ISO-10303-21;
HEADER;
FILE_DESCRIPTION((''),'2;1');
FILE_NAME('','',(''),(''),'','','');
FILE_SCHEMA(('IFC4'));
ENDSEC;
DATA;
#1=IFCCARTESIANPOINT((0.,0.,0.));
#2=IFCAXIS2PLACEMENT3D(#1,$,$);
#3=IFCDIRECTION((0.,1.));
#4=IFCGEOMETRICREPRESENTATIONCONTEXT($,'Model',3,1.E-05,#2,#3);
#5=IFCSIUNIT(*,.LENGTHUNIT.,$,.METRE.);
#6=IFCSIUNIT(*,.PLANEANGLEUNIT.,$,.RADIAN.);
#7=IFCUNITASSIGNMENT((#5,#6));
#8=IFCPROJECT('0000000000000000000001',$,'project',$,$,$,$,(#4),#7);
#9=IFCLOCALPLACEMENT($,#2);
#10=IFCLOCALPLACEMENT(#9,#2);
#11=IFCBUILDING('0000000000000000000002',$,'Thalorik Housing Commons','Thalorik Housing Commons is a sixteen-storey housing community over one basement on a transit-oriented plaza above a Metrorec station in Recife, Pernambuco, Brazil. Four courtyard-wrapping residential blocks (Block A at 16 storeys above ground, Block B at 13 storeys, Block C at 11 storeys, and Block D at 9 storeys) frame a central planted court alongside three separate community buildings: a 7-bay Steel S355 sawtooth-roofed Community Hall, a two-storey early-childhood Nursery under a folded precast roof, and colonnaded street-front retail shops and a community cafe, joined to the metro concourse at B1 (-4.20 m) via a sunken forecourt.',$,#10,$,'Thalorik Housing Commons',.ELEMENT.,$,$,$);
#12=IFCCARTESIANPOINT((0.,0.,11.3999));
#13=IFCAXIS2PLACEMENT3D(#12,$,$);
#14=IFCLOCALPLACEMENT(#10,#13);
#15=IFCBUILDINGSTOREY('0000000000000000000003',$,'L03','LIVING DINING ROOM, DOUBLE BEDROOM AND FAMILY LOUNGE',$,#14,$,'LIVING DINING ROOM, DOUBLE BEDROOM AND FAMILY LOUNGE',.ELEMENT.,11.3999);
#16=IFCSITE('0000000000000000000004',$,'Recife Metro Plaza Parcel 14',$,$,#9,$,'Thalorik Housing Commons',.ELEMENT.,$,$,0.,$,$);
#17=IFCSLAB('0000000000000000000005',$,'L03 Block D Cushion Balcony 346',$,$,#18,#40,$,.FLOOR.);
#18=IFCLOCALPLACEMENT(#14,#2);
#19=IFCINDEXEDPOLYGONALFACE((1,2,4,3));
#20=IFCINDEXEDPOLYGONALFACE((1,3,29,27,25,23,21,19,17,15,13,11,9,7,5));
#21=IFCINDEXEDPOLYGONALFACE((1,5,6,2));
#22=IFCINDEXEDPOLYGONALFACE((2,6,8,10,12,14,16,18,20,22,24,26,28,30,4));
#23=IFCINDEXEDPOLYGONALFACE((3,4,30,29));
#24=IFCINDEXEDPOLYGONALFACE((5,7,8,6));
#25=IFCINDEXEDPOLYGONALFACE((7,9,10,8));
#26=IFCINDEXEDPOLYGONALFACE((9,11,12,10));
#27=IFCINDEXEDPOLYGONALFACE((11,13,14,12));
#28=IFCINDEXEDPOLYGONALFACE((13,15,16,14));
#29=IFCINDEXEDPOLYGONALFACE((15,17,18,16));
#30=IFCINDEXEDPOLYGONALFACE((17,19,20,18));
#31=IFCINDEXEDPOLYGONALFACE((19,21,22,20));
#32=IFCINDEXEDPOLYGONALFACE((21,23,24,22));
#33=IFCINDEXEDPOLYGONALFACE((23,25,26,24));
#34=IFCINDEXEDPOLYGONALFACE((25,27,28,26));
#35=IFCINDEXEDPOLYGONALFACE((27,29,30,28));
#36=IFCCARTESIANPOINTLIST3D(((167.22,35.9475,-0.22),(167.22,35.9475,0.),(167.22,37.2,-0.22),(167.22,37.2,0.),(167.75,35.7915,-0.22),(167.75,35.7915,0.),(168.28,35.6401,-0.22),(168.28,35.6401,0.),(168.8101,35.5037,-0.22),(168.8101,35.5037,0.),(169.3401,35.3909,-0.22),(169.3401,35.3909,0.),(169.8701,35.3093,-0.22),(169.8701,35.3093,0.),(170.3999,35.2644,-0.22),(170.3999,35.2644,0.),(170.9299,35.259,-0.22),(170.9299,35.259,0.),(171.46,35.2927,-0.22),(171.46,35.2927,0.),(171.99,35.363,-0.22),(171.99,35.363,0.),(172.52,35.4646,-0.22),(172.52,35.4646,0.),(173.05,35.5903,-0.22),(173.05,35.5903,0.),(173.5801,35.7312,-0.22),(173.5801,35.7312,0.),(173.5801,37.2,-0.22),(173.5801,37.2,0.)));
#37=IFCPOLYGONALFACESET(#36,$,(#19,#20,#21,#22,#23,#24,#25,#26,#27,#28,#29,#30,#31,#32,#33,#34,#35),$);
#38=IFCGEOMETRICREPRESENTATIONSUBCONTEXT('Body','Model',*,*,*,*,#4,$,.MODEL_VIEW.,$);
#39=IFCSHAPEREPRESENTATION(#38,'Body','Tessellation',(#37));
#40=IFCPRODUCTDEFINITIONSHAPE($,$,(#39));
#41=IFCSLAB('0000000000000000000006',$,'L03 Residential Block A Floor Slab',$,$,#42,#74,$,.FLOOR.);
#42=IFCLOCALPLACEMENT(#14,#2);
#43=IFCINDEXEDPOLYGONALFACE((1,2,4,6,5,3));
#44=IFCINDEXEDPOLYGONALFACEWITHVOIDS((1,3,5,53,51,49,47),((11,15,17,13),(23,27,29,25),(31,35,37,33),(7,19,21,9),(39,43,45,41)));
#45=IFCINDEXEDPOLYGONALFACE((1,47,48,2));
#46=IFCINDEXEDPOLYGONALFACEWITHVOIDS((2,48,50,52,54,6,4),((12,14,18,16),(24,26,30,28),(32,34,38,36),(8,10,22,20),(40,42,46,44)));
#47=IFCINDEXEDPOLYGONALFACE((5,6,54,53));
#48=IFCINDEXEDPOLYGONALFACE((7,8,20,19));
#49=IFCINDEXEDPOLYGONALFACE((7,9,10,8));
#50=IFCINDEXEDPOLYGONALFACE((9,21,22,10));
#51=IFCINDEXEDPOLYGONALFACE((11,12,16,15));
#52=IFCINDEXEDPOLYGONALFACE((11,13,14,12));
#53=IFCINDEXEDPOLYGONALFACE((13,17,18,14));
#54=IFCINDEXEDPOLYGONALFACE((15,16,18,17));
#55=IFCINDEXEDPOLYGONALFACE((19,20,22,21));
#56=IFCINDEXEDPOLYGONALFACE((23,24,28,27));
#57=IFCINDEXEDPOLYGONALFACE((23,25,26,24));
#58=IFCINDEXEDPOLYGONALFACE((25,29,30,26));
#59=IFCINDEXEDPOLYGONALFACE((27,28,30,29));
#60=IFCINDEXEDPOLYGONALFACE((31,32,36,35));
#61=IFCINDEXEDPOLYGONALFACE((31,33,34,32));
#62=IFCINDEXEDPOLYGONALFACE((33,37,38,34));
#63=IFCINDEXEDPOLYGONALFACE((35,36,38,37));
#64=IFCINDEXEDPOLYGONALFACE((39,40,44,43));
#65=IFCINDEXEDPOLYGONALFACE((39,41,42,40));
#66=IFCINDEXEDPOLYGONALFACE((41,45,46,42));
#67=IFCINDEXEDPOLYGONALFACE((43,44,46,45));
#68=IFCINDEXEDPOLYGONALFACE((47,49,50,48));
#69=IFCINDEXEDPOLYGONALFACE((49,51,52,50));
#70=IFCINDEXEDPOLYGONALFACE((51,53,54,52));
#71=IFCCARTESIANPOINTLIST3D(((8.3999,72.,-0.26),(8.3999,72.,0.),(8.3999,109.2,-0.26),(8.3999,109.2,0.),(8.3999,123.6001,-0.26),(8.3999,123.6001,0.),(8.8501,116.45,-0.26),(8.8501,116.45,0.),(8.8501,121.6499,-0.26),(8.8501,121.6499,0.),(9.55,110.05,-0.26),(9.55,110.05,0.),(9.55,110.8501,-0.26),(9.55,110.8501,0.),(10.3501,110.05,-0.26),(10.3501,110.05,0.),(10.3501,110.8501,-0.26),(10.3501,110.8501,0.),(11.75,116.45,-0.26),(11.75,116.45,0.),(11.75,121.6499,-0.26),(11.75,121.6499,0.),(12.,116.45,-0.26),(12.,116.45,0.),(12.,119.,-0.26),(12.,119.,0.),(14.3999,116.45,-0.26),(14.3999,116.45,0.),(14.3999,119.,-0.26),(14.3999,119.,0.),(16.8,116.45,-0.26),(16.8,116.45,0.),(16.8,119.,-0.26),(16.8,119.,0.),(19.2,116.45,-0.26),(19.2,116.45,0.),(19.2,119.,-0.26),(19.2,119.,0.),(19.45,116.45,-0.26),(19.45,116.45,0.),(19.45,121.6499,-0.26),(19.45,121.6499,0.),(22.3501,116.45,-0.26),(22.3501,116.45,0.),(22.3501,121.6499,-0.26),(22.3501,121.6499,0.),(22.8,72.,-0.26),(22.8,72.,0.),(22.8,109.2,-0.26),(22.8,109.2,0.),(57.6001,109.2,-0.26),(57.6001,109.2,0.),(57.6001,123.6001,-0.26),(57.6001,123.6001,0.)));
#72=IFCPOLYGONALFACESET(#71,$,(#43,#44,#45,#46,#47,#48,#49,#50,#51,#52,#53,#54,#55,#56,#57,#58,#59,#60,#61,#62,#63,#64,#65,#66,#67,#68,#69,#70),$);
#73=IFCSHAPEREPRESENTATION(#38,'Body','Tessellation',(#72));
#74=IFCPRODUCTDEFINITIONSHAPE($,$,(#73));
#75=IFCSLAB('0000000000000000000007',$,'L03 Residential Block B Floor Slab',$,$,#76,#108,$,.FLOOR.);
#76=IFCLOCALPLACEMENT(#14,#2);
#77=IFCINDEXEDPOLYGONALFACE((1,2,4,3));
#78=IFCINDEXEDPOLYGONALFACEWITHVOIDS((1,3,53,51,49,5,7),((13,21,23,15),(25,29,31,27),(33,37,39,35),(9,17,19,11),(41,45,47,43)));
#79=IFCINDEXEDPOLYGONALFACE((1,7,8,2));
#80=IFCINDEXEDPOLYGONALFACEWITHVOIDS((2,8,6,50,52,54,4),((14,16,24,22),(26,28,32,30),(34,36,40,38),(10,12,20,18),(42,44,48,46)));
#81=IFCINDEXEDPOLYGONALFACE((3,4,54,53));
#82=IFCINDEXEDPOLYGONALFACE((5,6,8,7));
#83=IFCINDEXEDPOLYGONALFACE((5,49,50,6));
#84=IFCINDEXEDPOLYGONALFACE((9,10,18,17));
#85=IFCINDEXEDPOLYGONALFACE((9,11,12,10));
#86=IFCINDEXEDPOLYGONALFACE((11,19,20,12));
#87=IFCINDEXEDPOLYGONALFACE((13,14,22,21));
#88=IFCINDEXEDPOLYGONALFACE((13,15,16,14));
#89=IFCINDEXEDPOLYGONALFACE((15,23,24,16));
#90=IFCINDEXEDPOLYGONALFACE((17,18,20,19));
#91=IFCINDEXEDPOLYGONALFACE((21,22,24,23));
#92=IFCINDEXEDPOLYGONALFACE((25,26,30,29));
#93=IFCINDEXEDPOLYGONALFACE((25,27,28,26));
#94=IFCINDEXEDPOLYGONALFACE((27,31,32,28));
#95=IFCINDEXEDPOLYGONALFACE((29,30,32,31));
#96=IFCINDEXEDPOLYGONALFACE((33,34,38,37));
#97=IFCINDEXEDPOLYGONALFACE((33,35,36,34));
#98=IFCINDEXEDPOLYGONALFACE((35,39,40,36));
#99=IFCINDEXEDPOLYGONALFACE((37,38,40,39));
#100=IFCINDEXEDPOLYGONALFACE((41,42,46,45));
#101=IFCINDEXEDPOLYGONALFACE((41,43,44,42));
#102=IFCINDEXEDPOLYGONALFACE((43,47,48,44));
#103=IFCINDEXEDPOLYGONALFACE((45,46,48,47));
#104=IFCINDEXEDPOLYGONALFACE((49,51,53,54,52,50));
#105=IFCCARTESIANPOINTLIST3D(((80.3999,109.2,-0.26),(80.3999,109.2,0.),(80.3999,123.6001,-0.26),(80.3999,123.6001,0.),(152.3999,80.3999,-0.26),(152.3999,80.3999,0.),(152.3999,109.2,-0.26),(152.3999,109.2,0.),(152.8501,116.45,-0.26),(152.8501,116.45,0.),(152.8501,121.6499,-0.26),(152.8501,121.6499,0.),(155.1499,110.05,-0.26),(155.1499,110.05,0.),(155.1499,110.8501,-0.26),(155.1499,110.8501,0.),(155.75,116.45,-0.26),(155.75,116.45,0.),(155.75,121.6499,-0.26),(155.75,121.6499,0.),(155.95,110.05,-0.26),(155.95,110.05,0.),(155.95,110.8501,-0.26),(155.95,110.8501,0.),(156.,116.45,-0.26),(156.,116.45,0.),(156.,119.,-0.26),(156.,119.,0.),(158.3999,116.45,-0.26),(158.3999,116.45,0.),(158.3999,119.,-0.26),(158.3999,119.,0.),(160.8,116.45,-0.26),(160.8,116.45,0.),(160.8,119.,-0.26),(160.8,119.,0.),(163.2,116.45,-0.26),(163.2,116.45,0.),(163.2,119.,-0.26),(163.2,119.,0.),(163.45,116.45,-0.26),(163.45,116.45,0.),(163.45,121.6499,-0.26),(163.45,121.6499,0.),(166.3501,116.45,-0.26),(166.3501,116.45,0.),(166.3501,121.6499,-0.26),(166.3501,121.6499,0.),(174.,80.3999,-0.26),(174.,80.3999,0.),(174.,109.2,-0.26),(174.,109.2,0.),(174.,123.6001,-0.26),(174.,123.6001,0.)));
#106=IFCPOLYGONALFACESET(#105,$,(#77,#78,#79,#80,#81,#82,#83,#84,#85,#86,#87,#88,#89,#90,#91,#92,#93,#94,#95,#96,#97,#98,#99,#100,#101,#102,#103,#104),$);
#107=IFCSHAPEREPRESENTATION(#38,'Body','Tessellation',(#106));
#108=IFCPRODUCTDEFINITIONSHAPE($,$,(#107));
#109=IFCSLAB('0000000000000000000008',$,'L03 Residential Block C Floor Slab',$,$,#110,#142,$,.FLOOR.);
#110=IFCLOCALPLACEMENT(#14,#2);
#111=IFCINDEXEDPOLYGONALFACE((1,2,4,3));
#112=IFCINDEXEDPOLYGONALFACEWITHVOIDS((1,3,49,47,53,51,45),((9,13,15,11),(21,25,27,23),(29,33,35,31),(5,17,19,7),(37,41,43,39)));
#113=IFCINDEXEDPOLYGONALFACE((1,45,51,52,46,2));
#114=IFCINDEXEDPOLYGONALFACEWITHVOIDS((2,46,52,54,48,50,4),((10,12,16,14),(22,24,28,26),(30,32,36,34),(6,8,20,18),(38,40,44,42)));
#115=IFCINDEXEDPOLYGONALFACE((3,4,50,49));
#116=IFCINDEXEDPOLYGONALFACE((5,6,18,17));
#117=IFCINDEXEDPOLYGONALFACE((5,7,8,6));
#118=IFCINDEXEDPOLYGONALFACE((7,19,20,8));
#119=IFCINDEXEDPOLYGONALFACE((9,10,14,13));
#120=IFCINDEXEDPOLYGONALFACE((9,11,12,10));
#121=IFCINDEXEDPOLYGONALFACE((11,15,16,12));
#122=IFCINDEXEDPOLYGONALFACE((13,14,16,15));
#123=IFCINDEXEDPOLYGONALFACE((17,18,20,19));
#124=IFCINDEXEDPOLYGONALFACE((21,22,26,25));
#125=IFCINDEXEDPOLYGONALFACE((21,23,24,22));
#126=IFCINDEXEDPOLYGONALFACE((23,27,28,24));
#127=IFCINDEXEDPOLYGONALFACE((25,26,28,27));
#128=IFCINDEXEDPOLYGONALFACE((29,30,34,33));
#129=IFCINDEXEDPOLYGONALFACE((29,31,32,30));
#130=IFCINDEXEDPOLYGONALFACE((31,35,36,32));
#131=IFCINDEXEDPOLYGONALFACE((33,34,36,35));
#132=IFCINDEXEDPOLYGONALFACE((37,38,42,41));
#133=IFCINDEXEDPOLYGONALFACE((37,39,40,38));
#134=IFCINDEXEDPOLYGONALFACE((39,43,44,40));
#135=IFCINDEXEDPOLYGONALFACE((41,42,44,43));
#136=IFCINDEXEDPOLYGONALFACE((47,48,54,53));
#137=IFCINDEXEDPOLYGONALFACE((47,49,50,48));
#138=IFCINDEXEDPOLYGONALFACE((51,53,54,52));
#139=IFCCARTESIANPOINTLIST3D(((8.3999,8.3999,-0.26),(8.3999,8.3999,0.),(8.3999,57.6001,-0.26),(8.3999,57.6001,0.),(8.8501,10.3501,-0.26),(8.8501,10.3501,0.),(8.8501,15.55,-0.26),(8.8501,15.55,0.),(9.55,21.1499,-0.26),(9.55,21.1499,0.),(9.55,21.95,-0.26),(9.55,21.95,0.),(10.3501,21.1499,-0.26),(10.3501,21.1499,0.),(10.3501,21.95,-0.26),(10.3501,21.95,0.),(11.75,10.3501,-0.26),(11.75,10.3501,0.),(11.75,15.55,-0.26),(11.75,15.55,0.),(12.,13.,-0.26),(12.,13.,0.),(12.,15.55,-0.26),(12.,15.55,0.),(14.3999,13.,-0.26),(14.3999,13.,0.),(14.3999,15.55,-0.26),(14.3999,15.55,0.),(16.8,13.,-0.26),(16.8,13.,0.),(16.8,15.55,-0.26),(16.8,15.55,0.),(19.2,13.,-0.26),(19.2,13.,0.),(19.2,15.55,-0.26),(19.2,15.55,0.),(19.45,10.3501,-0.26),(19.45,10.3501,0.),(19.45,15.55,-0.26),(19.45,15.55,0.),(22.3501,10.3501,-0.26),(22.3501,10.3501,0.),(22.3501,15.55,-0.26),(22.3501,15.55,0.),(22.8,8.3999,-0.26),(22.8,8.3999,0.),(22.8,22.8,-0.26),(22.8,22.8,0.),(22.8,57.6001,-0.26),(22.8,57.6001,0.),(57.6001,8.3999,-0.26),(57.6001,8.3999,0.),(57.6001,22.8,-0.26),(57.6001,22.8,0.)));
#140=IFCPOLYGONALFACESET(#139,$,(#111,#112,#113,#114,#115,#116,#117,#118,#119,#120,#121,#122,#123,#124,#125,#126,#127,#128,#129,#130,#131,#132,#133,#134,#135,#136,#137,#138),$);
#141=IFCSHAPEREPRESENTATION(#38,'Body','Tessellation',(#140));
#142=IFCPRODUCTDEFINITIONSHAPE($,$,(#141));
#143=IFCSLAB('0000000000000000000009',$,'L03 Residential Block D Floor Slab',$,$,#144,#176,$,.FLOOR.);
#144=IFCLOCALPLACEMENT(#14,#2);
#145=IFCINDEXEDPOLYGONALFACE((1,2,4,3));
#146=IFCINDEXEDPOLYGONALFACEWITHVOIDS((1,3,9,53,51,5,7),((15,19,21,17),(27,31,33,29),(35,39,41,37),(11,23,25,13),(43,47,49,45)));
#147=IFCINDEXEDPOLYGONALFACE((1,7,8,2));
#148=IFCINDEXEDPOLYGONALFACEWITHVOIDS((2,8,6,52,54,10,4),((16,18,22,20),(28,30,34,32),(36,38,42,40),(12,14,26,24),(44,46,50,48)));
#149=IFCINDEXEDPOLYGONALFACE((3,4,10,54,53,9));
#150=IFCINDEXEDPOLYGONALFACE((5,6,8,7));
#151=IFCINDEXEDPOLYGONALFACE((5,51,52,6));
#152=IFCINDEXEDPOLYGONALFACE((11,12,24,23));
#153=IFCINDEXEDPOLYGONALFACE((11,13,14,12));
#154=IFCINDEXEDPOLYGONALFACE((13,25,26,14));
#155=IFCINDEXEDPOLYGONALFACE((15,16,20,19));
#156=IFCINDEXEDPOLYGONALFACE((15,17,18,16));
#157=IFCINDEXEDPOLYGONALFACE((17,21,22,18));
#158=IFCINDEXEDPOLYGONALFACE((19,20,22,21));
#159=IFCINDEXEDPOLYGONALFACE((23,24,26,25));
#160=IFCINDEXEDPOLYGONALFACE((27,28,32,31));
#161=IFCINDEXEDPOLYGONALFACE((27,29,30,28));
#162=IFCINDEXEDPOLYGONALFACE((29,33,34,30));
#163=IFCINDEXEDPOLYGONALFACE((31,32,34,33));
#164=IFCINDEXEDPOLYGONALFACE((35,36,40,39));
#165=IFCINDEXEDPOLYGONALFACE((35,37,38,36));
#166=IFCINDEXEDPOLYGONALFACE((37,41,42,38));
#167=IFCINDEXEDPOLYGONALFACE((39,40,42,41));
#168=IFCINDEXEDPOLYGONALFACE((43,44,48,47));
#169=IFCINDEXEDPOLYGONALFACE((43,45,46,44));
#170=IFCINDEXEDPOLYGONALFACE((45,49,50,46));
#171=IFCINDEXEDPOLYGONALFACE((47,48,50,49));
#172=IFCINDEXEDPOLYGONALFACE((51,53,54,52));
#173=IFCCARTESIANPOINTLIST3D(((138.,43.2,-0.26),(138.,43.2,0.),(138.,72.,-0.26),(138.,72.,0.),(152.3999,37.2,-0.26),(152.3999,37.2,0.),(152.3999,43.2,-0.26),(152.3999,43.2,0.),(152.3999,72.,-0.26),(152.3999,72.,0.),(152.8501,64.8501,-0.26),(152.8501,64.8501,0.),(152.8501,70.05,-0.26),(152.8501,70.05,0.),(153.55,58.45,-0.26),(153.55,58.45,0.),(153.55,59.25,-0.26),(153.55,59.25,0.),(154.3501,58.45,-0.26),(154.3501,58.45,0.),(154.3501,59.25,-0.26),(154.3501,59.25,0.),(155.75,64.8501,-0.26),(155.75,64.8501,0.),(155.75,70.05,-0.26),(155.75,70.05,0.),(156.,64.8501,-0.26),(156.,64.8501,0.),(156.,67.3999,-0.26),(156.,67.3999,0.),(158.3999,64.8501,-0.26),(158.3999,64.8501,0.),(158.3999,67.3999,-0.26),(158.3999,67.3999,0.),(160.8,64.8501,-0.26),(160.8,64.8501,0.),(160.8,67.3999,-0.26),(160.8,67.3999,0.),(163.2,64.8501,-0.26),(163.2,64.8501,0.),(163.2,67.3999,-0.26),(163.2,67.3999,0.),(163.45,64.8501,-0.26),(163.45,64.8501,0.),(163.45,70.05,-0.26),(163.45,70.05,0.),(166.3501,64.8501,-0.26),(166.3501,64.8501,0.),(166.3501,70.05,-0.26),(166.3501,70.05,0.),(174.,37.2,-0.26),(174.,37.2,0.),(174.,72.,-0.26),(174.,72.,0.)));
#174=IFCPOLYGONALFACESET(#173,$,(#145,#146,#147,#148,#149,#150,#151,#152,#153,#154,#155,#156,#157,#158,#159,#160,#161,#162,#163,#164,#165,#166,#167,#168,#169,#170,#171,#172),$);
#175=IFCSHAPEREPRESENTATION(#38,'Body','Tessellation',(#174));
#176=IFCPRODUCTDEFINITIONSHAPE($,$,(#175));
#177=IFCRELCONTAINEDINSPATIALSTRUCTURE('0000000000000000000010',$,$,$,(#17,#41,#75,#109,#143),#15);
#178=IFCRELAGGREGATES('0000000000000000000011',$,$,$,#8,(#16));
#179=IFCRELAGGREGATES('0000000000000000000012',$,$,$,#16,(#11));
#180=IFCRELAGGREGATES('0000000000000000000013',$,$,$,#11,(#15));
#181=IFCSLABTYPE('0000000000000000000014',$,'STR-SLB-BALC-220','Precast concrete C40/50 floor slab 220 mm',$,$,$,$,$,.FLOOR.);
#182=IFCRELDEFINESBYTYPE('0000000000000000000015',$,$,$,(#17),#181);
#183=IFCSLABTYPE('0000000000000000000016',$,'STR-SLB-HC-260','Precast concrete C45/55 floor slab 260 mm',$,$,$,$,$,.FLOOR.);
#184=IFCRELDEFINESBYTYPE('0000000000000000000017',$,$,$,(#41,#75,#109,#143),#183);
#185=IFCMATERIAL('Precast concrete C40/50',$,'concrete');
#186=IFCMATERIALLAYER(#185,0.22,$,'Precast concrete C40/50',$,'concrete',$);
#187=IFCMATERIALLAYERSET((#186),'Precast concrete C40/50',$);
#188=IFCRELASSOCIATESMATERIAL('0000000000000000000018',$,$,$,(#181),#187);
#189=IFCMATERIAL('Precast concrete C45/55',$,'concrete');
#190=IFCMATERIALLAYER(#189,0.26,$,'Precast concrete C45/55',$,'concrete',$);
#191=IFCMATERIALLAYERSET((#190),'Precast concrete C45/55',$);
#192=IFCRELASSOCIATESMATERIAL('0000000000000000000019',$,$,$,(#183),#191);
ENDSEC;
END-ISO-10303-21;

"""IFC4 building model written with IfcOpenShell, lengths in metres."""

from ifc_helpers import new_model, si_unit, direction, frame, origin, place, context, subcontext, project, spatial, polyline, outline, extrude, material, layer, layer_set, type_object, element, save


model = new_model("IFC4")

# Units and contexts
model_context = context("Model", 3, precision=1e-05, world=origin(), true_north=direction((0.0, 1.0)))
body_context = subcontext(model_context, "Body", "Model", "MODEL_VIEW")
ifc_project = project(units=[si_unit("LENGTHUNIT", "METRE"), si_unit("PLANEANGLEUNIT", "RADIAN")], contexts=[model_context])

# Site, building, storey
site_placement = place(None, origin())
site = spatial("IfcSite", under=ifc_project, at=site_placement, Name="Recife Metro Plaza Parcel 14", LongName="Thalorik Housing Commons", CompositionType="ELEMENT", RefElevation=0.0)
building_placement = place(site_placement, origin())
building = spatial("IfcBuilding", under=site, at=building_placement, Name="Thalorik Housing Commons", Description="Thalorik Housing Commons is a sixteen-storey housing community over one basement on a transit-oriented plaza above a Metrorec station in Recife, Pernambuco, Brazil. Four courtyard-wrapping residential blocks (Block A at 16 storeys above ground, Block B at 13 storeys, Block C at 11 storeys, and Block D at 9 storeys) frame a central planted court alongside three separate community buildings: a 7-bay Steel S355 sawtooth-roofed Community Hall, a two-storey early-childhood Nursery under a folded precast roof, and colonnaded street-front retail shops and a community cafe, joined to the metro concourse at B1 (-4.20 m) via a sunken forecourt.", LongName="Thalorik Housing Commons", CompositionType="ELEMENT")
storey_placement = place(building_placement, frame((0.0, 0.0, 11.3999)))
storey = spatial("IfcBuildingStorey", under=building, at=storey_placement, Name="L03", Description="LIVING DINING ROOM, DOUBLE BEDROOM AND FAMILY LOUNGE", LongName="LIVING DINING ROOM, DOUBLE BEDROOM AND FAMILY LOUNGE", CompositionType="ELEMENT", Elevation=11.3999)

# Slabs
ifc_material_1 = material(Name="Precast concrete C40/50", Category="concrete")
ifc_layer_1 = layer(ifc_material_1, 0.22, Name="Precast concrete C40/50", Category="concrete")
ifc_layer_set_1 = layer_set([ifc_layer_1], Name="Precast concrete C40/50")
slab_type_1 = type_object("IfcSlabType", Name="STR-SLB-BALC-220", Description="Precast concrete C40/50 floor slab 220 mm", PredefinedType="FLOOR", material=ifc_layer_set_1)
slab_1_placement = place(storey_placement, frame((0.0, 0.0, -0.22)))
element("IfcSlab", 1, at=slab_1_placement, inside=storey, type_object=slab_type_1, Name="L03 Block D Cushion Balcony 346", PredefinedType="FLOOR", context=body_context, shape_type="SweptSolid", body=[
    extrude(outline(polyline([(167.22, 35.9475), (167.75, 35.7915), (168.28, 35.6401), (168.8101, 35.5037), (169.3401, 35.3909), (169.8701, 35.3093), (170.3999, 35.2644), (170.9299, 35.259), (171.46, 35.2927), (171.99, 35.363), (172.52, 35.4646), (173.05, 35.5903), (173.5801, 35.7312), (173.5801, 37.2), (167.22, 37.2), (167.22, 35.9475)])), origin(), (0.0, 0.0, 1.0), 0.22),
])
ifc_material_2 = material(Name="Precast concrete C45/55", Category="concrete")
ifc_layer_2 = layer(ifc_material_2, 0.26, Name="Precast concrete C45/55", Category="concrete")
ifc_layer_set_2 = layer_set([ifc_layer_2], Name="Precast concrete C45/55")
slab_type_2 = type_object("IfcSlabType", Name="STR-SLB-HC-260", Description="Precast concrete C45/55 floor slab 260 mm", PredefinedType="FLOOR", material=ifc_layer_set_2)
slab_2_placement = place(storey_placement, frame((0.0, 0.0, -0.26)))
element("IfcSlab", 2, at=slab_2_placement, inside=storey, type_object=slab_type_2, Name="L03 Residential Block A Floor Slab", PredefinedType="FLOOR", context=body_context, shape_type="SweptSolid", body=[
    extrude(outline(polyline([(8.3999, 123.6001), (8.3999, 109.2), (8.3999, 72.0), (22.8, 72.0), (22.8, 109.2), (57.6001, 109.2), (57.6001, 123.6001), (8.3999, 123.6001)]), holes=[polyline([(8.8501, 121.6499), (11.75, 121.6499), (11.75, 116.45), (8.8501, 116.45), (8.8501, 121.6499)]), polyline([(22.3501, 121.6499), (22.3501, 116.45), (19.45, 116.45), (19.45, 121.6499), (22.3501, 121.6499)]), polyline([(14.3999, 119.0), (14.3999, 116.45), (12.0, 116.45), (12.0, 119.0), (14.3999, 119.0)]), polyline([(19.2, 116.45), (16.8, 116.45), (16.8, 119.0), (19.2, 119.0), (19.2, 116.45)]), polyline([(9.55, 110.05), (9.55, 110.8501), (10.3501, 110.8501), (10.3501, 110.05), (9.55, 110.05)])]), origin(), (0.0, 0.0, 1.0), 0.26),
])
slab_3_placement = place(storey_placement, frame((0.0, 0.0, -0.26)))
element("IfcSlab", 3, at=slab_3_placement, inside=storey, type_object=slab_type_2, Name="L03 Residential Block B Floor Slab", PredefinedType="FLOOR", context=body_context, shape_type="SweptSolid", body=[
    extrude(outline(polyline([(80.3999, 109.2), (152.3999, 109.2), (152.3999, 80.3999), (174.0, 80.3999), (174.0, 109.2), (174.0, 123.6001), (80.3999, 123.6001), (80.3999, 109.2)]), holes=[polyline([(152.8501, 121.6499), (155.75, 121.6499), (155.75, 116.45), (152.8501, 116.45), (152.8501, 121.6499)]), polyline([(166.3501, 121.6499), (166.3501, 116.45), (163.45, 116.45), (163.45, 121.6499), (166.3501, 121.6499)]), polyline([(158.3999, 119.0), (158.3999, 116.45), (156.0, 116.45), (156.0, 119.0), (158.3999, 119.0)]), polyline([(163.2, 116.45), (160.8, 116.45), (160.8, 119.0), (163.2, 119.0), (163.2, 116.45)]), polyline([(155.1499, 110.05), (155.1499, 110.8501), (155.95, 110.8501), (155.95, 110.05), (155.1499, 110.05)])]), origin(), (0.0, 0.0, 1.0), 0.26),
])
slab_4_placement = place(storey_placement, frame((0.0, 0.0, -0.26)))
element("IfcSlab", 4, at=slab_4_placement, inside=storey, type_object=slab_type_2, Name="L03 Residential Block C Floor Slab", PredefinedType="FLOOR", context=body_context, shape_type="SweptSolid", body=[
    extrude(outline(polyline([(8.3999, 8.3999), (22.8, 8.3999), (57.6001, 8.3999), (57.6001, 22.8), (22.8, 22.8), (22.8, 57.6001), (8.3999, 57.6001), (8.3999, 8.3999)]), holes=[polyline([(11.75, 10.3501), (8.8501, 10.3501), (8.8501, 15.55), (11.75, 15.55), (11.75, 10.3501)]), polyline([(19.45, 10.3501), (19.45, 15.55), (22.3501, 15.55), (22.3501, 10.3501), (19.45, 10.3501)]), polyline([(14.3999, 15.55), (14.3999, 13.0), (12.0, 13.0), (12.0, 15.55), (14.3999, 15.55)]), polyline([(19.2, 13.0), (16.8, 13.0), (16.8, 15.55), (19.2, 15.55), (19.2, 13.0)]), polyline([(9.55, 21.1499), (9.55, 21.95), (10.3501, 21.95), (10.3501, 21.1499), (9.55, 21.1499)])]), origin(), (0.0, 0.0, 1.0), 0.26),
])
slab_5_placement = place(storey_placement, frame((0.0, 0.0, -0.26)))
element("IfcSlab", 5, at=slab_5_placement, inside=storey, type_object=slab_type_2, Name="L03 Residential Block D Floor Slab", PredefinedType="FLOOR", context=body_context, shape_type="SweptSolid", body=[
    extrude(outline(polyline([(152.3999, 43.2), (152.3999, 37.2), (174.0, 37.2), (174.0, 72.0), (152.3999, 72.0), (138.0, 72.0), (138.0, 43.2), (152.3999, 43.2)]), holes=[polyline([(152.8501, 70.05), (155.75, 70.05), (155.75, 64.8501), (152.8501, 64.8501), (152.8501, 70.05)]), polyline([(166.3501, 70.05), (166.3501, 64.8501), (163.45, 64.8501), (163.45, 70.05), (166.3501, 70.05)]), polyline([(158.3999, 67.3999), (158.3999, 64.8501), (156.0, 64.8501), (156.0, 67.3999), (158.3999, 67.3999)]), polyline([(163.2, 64.8501), (160.8, 64.8501), (160.8, 67.3999), (163.2, 67.3999), (163.2, 64.8501)]), polyline([(153.55, 58.45), (153.55, 59.25), (154.3501, 59.25), (154.3501, 58.45), (153.55, 58.45)])]), origin(), (0.0, 0.0, 1.0), 0.26),
])

save(model, "model.ifc")
